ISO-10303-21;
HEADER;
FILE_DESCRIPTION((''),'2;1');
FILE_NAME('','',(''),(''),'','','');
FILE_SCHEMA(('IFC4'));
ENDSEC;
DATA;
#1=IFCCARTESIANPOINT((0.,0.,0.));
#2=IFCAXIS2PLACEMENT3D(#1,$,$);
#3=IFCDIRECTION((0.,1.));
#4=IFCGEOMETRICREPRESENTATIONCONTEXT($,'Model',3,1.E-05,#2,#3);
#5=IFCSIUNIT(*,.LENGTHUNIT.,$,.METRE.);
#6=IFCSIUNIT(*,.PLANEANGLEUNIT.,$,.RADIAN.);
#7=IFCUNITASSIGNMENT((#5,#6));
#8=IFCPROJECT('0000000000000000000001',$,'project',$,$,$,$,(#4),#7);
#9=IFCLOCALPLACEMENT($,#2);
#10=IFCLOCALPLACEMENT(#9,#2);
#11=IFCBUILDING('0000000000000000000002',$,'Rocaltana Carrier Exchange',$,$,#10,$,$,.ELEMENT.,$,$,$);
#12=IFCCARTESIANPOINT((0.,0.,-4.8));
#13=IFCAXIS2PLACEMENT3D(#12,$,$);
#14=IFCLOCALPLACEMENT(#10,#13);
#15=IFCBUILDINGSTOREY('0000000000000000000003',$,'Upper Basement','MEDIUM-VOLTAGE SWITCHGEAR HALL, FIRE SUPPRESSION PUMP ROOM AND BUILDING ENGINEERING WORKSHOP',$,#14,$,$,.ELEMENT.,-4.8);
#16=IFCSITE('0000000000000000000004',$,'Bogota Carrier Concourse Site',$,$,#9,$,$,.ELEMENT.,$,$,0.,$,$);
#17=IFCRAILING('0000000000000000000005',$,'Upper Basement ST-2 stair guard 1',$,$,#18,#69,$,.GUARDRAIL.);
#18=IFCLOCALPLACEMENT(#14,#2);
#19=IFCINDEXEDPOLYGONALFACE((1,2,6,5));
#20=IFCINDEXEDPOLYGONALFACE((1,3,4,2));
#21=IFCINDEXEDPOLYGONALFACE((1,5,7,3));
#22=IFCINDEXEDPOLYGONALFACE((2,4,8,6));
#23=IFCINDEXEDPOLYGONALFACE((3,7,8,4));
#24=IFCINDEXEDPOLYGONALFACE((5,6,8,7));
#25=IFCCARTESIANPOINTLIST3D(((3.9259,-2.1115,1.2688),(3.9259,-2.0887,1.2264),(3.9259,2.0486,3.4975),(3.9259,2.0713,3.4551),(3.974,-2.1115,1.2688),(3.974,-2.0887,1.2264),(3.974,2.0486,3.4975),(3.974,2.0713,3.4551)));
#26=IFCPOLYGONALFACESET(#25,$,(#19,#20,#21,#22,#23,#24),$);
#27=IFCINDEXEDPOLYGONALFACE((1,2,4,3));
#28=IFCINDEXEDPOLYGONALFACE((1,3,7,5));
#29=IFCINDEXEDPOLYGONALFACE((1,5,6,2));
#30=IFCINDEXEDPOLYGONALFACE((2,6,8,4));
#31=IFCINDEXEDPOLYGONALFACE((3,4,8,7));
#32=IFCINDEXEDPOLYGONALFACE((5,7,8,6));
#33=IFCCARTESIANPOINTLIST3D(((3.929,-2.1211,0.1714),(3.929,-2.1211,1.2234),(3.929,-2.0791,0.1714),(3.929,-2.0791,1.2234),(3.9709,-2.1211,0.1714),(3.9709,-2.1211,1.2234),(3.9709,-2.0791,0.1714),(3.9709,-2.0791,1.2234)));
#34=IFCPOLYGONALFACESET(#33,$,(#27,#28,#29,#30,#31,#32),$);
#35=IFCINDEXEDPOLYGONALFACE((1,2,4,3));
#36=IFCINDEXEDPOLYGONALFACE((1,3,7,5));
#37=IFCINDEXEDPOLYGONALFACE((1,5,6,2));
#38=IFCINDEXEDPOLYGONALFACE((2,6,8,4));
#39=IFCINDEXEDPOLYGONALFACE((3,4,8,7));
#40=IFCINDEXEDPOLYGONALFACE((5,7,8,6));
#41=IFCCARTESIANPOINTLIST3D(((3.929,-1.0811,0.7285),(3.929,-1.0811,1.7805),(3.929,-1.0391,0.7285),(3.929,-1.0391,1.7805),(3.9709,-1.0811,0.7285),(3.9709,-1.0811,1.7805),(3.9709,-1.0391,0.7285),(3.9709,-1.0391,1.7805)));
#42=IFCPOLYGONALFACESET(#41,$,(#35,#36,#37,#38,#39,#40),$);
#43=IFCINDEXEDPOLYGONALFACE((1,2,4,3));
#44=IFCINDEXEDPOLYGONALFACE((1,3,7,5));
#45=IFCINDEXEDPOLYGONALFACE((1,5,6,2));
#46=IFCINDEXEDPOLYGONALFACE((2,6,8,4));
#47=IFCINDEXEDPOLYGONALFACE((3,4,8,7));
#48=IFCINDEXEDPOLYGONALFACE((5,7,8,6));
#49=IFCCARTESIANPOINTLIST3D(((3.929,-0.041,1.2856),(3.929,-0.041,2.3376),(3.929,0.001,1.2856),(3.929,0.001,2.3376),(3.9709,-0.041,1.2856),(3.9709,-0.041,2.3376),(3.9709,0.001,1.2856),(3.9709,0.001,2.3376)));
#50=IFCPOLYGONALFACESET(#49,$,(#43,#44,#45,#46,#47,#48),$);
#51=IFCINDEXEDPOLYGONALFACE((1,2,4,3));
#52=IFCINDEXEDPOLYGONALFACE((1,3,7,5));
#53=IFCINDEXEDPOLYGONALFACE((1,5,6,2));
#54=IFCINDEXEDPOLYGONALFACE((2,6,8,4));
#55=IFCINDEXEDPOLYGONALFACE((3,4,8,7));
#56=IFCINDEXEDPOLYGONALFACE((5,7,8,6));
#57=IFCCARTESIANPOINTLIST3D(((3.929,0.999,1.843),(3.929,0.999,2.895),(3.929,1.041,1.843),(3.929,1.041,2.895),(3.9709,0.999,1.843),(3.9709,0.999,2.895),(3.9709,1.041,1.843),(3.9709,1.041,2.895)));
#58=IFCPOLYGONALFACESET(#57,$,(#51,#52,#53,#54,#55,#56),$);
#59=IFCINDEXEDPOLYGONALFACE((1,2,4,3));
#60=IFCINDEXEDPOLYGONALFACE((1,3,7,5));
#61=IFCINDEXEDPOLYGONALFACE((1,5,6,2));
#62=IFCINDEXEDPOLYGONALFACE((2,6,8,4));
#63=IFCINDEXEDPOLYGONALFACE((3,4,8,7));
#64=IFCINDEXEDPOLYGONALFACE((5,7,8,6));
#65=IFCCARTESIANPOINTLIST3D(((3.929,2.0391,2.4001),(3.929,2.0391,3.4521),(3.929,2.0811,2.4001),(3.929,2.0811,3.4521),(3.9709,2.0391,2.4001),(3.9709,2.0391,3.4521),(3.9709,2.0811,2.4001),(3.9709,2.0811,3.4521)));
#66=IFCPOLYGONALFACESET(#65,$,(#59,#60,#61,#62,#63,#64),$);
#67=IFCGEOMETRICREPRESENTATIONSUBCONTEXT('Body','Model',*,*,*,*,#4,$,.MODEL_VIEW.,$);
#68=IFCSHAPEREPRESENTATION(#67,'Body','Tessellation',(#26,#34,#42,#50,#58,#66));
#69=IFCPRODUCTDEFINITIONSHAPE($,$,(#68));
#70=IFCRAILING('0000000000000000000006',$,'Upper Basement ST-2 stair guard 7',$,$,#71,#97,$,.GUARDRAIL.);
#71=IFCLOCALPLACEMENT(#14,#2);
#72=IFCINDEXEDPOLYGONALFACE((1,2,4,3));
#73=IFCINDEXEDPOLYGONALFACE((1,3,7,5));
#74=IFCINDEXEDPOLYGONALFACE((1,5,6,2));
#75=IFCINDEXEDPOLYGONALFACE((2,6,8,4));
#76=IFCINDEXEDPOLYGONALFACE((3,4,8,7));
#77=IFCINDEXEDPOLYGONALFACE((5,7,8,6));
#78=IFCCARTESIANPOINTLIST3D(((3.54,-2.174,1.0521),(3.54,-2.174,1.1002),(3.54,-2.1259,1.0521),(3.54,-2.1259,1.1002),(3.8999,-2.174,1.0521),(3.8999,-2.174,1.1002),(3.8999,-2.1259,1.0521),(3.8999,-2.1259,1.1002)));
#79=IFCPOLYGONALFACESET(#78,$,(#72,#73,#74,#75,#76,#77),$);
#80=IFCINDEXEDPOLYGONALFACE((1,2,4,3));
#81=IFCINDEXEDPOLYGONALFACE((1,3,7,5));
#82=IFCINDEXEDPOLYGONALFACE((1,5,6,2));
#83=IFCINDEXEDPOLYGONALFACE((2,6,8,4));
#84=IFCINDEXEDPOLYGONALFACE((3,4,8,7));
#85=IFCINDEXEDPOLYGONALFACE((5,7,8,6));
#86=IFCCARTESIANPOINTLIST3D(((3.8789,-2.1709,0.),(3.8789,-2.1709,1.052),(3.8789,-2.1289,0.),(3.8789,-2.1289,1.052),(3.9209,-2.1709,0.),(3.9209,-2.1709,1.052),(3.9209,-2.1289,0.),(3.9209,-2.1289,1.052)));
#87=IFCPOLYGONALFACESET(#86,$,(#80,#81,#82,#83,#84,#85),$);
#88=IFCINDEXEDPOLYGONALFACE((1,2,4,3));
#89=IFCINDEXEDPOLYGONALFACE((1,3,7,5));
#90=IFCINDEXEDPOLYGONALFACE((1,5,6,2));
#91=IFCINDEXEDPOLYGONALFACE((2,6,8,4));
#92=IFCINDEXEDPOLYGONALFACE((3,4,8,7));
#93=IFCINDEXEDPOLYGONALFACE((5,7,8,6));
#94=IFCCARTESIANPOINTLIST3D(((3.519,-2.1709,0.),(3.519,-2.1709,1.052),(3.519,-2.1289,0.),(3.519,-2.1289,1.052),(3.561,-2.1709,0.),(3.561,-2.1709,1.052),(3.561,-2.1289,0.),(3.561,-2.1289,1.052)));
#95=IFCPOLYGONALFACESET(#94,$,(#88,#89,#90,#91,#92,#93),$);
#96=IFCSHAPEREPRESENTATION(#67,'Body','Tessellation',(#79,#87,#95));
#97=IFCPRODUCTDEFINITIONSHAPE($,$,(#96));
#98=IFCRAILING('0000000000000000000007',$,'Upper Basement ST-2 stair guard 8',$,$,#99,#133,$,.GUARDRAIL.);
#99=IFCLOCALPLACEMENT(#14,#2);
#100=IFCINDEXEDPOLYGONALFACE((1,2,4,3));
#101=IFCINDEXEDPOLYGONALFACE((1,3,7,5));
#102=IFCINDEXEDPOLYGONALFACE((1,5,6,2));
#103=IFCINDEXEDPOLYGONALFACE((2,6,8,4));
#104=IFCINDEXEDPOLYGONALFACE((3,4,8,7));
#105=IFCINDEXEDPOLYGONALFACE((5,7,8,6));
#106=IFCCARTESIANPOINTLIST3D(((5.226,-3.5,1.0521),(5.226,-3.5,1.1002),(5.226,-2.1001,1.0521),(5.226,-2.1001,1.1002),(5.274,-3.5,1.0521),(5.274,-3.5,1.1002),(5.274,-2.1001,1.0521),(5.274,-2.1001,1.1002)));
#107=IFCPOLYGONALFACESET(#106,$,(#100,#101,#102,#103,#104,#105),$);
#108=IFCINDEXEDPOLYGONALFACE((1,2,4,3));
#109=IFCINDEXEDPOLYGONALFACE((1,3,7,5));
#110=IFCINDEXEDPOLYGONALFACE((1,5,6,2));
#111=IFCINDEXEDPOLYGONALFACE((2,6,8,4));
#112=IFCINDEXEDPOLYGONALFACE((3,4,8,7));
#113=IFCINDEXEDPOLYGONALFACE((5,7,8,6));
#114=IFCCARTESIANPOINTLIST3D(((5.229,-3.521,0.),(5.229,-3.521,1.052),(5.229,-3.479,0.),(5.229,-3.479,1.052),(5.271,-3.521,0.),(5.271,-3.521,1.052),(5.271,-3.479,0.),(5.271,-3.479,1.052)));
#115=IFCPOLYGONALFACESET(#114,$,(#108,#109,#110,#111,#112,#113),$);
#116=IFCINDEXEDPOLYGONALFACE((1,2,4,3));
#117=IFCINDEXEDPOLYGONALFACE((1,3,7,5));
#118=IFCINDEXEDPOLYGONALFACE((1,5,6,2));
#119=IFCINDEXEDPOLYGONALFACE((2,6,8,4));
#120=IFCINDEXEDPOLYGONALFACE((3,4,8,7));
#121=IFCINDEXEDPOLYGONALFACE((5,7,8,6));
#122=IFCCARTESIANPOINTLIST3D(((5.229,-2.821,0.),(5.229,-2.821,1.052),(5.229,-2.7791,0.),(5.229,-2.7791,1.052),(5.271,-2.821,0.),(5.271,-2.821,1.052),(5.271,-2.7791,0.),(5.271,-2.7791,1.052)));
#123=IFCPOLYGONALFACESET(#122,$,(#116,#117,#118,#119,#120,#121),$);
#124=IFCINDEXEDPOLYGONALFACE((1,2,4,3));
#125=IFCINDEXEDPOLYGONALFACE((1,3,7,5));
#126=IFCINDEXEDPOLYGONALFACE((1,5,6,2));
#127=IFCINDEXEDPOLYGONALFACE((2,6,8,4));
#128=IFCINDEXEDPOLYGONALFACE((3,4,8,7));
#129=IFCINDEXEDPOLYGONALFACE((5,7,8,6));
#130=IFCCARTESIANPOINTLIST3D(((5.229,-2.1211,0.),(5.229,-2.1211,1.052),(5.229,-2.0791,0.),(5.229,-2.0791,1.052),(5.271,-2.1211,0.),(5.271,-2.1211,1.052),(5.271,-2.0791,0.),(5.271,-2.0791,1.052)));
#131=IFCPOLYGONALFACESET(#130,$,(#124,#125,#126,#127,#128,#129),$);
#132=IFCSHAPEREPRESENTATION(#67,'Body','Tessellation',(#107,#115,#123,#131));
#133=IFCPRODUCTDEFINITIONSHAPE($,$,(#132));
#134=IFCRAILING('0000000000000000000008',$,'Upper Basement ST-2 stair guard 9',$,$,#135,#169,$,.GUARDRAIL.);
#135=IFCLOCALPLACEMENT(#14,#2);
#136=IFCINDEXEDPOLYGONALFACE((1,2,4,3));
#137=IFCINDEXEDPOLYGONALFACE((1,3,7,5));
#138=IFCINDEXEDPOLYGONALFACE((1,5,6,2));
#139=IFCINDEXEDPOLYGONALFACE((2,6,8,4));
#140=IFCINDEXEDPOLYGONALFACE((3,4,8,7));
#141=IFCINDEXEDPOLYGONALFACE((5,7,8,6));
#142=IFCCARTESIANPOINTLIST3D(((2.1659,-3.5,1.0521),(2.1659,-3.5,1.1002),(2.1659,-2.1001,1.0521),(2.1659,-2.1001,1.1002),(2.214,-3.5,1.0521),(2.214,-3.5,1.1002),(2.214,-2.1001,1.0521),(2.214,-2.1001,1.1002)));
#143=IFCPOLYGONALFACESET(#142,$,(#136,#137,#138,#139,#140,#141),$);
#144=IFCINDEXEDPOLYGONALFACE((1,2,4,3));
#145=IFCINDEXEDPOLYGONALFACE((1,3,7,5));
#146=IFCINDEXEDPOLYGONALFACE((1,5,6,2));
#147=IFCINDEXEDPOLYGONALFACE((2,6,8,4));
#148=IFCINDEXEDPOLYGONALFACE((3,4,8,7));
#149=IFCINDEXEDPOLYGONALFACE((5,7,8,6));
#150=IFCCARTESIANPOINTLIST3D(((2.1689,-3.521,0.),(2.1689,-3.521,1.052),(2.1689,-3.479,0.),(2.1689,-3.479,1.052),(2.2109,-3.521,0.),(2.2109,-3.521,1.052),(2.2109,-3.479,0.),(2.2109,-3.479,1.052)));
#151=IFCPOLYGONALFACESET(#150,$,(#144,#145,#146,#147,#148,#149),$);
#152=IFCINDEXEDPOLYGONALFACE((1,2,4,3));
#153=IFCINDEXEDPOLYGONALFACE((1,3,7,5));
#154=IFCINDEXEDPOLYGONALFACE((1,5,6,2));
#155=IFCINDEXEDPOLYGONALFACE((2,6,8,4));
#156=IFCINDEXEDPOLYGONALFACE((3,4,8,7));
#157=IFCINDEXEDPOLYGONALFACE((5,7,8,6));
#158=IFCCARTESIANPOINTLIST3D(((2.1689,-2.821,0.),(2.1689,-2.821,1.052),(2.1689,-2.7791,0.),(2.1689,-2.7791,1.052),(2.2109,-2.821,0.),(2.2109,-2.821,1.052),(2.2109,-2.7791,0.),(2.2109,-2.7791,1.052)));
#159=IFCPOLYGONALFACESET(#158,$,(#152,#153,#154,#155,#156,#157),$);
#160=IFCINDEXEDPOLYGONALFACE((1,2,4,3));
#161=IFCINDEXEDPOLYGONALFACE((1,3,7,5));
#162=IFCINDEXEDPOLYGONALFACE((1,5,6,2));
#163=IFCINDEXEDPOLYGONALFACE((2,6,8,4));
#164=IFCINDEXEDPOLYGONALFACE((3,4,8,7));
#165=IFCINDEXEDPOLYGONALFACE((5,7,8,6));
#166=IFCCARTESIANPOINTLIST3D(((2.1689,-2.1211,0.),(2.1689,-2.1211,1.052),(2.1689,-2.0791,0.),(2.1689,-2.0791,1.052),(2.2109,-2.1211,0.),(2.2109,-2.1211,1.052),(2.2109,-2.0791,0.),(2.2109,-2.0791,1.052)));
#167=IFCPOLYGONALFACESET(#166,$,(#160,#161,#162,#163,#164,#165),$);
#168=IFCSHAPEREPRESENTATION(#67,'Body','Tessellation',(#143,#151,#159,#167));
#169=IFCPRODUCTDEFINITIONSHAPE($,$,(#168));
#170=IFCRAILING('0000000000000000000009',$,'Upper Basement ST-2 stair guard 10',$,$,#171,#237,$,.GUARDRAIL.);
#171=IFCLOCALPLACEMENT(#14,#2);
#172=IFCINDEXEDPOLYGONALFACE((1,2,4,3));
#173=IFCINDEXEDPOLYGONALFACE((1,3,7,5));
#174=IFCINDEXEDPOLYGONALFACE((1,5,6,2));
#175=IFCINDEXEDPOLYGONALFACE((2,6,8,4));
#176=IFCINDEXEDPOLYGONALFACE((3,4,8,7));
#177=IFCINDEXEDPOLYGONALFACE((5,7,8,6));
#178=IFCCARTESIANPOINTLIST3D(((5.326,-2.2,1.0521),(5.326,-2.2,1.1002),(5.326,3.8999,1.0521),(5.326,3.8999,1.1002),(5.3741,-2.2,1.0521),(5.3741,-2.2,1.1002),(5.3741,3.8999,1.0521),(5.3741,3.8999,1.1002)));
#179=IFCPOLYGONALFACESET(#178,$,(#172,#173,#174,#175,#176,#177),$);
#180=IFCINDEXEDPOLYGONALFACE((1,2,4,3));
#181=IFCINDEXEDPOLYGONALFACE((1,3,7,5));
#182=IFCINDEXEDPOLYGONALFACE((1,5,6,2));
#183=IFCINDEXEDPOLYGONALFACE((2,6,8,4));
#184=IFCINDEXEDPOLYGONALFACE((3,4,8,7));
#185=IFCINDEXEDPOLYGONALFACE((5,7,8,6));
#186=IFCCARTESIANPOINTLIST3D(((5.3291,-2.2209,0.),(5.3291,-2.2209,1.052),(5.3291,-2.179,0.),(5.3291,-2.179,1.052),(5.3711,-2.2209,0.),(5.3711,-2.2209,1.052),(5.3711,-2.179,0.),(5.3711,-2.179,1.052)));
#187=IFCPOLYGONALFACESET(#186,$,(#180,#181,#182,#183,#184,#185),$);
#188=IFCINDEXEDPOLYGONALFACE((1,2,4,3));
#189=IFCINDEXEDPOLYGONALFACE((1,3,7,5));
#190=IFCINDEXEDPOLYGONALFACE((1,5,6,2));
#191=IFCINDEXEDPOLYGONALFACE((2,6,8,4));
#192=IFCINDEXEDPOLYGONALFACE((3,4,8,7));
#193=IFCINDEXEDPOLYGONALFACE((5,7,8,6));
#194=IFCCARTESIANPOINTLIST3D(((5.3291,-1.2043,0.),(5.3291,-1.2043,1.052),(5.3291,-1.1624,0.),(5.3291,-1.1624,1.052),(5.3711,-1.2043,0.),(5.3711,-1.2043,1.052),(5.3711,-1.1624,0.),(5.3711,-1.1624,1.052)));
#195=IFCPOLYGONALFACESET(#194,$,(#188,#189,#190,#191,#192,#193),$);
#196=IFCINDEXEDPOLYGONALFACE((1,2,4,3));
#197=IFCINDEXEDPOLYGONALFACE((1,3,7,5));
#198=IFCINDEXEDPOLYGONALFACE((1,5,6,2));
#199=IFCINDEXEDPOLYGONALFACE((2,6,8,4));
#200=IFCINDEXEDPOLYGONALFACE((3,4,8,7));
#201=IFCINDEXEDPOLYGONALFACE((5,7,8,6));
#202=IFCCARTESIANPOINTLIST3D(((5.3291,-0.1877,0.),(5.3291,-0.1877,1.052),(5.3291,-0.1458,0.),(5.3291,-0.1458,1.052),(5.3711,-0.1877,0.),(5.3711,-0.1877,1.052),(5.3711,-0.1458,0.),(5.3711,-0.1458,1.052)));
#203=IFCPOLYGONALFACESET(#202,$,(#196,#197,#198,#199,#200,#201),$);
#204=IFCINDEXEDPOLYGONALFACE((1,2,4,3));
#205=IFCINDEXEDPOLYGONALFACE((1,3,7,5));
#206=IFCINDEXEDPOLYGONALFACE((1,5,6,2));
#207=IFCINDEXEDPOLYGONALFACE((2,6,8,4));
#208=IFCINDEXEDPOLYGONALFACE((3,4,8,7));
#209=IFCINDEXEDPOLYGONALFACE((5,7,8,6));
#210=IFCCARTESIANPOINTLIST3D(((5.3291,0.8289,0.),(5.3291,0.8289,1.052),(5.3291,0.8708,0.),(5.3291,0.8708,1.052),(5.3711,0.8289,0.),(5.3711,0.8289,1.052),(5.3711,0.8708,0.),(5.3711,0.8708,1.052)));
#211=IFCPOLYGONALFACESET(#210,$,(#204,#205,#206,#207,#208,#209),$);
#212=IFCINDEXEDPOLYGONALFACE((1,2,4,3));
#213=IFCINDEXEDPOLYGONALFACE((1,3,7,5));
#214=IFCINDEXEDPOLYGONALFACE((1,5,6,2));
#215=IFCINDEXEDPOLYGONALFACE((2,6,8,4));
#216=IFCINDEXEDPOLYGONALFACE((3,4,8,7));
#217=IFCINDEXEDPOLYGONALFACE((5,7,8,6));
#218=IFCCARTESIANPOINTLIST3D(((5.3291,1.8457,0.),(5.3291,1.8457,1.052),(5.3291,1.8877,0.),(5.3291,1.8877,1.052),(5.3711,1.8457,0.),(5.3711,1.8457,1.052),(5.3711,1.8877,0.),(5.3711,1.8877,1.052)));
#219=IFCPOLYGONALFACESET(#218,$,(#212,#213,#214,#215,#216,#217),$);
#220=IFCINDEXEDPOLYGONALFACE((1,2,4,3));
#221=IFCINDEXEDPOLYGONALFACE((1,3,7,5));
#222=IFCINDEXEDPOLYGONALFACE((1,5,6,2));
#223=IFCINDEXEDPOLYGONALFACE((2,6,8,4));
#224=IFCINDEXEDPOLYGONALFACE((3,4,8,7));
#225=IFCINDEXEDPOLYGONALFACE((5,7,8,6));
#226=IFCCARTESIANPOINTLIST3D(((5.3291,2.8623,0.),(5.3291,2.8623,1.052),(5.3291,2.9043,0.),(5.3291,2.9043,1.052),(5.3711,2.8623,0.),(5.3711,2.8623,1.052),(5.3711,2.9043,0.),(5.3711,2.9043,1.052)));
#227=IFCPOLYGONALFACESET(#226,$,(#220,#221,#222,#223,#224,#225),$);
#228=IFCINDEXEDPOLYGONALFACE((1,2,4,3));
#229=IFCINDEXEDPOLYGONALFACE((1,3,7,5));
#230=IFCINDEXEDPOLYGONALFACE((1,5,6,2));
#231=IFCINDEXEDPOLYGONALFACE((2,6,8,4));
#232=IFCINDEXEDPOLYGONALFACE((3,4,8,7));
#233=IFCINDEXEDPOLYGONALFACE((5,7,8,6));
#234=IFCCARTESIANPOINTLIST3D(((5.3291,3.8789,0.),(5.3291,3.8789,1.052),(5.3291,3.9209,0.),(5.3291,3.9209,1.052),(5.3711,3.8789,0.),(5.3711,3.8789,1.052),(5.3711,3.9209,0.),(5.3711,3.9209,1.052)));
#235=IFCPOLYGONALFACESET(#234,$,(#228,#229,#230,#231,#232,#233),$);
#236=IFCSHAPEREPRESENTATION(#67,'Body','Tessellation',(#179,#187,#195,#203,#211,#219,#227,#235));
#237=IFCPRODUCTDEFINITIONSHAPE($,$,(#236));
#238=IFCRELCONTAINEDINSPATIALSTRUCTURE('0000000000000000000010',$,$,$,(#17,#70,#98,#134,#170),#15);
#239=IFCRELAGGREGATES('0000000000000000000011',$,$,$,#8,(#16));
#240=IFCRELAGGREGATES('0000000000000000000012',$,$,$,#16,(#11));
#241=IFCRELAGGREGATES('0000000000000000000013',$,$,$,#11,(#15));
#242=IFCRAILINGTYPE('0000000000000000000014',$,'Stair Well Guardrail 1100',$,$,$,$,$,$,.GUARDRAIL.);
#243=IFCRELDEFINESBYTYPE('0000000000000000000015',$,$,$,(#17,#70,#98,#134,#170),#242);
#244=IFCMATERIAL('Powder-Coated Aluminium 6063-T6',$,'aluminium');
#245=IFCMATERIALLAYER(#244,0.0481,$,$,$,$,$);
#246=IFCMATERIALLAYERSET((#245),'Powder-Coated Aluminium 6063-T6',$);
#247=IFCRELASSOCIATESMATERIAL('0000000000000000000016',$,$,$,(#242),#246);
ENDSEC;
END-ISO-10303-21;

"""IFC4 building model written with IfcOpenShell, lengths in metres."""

from ifc_helpers import new_model, si_unit, direction, frame, origin, origin_2d, place, context, subcontext, project, spatial, rectangle, extrude, material, layer, layer_set, type_object, element, save


model = new_model("IFC4")

# Units and contexts
model_context = context("Model", 3, precision=1e-05, world=origin(), true_north=direction((0.0, 1.0)))
body_context = subcontext(model_context, "Body", "Model", "MODEL_VIEW")
ifc_project = project(units=[si_unit("LENGTHUNIT", "METRE"), si_unit("PLANEANGLEUNIT", "RADIAN")], contexts=[model_context])

# Site, building, storey
site_placement = place(None, origin())
site = spatial("IfcSite", under=ifc_project, at=site_placement, Name="Bogota Carrier Concourse Site", CompositionType="ELEMENT", RefElevation=0.0)
building_placement = place(site_placement, origin())
building = spatial("IfcBuilding", under=site, at=building_placement, Name="Rocaltana Carrier Exchange", CompositionType="ELEMENT")
storey_placement = place(building_placement, frame((0.0, 0.0, -4.8)))
storey = spatial("IfcBuildingStorey", under=building, at=storey_placement, Name="Upper Basement", Description="MEDIUM-VOLTAGE SWITCHGEAR HALL, FIRE SUPPRESSION PUMP ROOM AND BUILDING ENGINEERING WORKSHOP", CompositionType="ELEMENT", Elevation=-4.8)

# Railings
ifc_material_1 = material(Name="Powder-Coated Aluminium 6063-T6", Category="aluminium")
ifc_layer_1 = layer(ifc_material_1, 0.0481)
ifc_layer_set_1 = layer_set([ifc_layer_1], Name="Powder-Coated Aluminium 6063-T6")
railing_type_1 = type_object("IfcRailingType", Name="Stair Well Guardrail 1100", PredefinedType="GUARDRAIL", material=ifc_layer_set_1)
railing_1_placement = place(storey_placement, frame((3.95, -2.1001, 0.1714)))
element("IfcRailing", 1, at=railing_1_placement, inside=storey, type_object=railing_type_1, Name="Upper Basement ST-2 stair guard 1", PredefinedType="GUARDRAIL", context=body_context, shape_type="SweptSolid", body=[
    extrude(rectangle(XDim=0.0481, YDim=0.0481, at=origin_2d()), frame((0.0, 0.0, 1.0762), z_axis=(0.0, 0.881471, 0.472239), x_axis=(-1.0, 0.0, 0.0)), (0.0, 0.0, 1.0), 4.7195),
    extrude(rectangle(XDim=0.042, YDim=0.042, at=origin_2d()), origin(), (0.0, 0.0, 1.0), 1.052),
    extrude(rectangle(XDim=0.042, YDim=0.042, at=origin_2d()), frame((0.0, 1.04, 0.5571)), (0.0, 0.0, 1.0), 1.052),
    extrude(rectangle(XDim=0.042, YDim=0.042, at=origin_2d()), frame((0.0, 2.0801, 1.1143)), (0.0, 0.0, 1.0), 1.052),
    extrude(rectangle(XDim=0.042, YDim=0.042, at=origin_2d()), frame((0.0, 3.1201, 1.6716)), (0.0, 0.0, 1.0), 1.052),
    extrude(rectangle(XDim=0.042, YDim=0.042, at=origin_2d()), frame((0.0, 4.1602, 2.2288)), (0.0, 0.0, 1.0), 1.052),
])
railing_2_placement = place(storey_placement, frame((3.8999, -2.1499, 0.0)))
element("IfcRailing", 2, at=railing_2_placement, inside=storey, type_object=railing_type_1, Name="Upper Basement ST-2 stair guard 7", PredefinedType="GUARDRAIL", context=body_context, shape_type="SweptSolid", body=[
    extrude(rectangle(XDim=0.0481, YDim=0.0481, at=origin_2d()), frame((0.0, 0.0, 1.0762), z_axis=(-1.0, 0.0, 0.0), x_axis=(0.0, -1.0, 0.0)), (0.0, 0.0, 1.0), 0.3599),
    extrude(rectangle(XDim=0.042, YDim=0.042, at=origin_2d()), origin(), (0.0, 0.0, 1.0), 1.052),
    extrude(rectangle(XDim=0.042, YDim=0.042, at=origin_2d()), frame((-0.3599, 0.0, 0.0)), (0.0, 0.0, 1.0), 1.052),
])
for number, where, name in (
    (3, (5.25, -3.5, 0.0), "Upper Basement ST-2 stair guard 8"),
    (4, (2.1899, -3.5, 0.0), "Upper Basement ST-2 stair guard 9"),
):
    element("IfcRailing", number, at=place(storey_placement, frame(where)), inside=storey, type_object=railing_type_1, Name=name, PredefinedType="GUARDRAIL", context=body_context, shape_type="SweptSolid", body=[
        extrude(rectangle(XDim=0.0481, YDim=0.0481, at=origin_2d()), frame((0.0, 0.0, 1.0762), z_axis=(0.0, 1.0, 0.0), x_axis=(-1.0, 0.0, 0.0)), (0.0, 0.0, 1.0), 1.3999),
        extrude(rectangle(XDim=0.042, YDim=0.042, at=origin_2d()), origin(), (0.0, 0.0, 1.0), 1.052),
        extrude(rectangle(XDim=0.042, YDim=0.042, at=origin_2d()), frame((0.0, 0.7, 0.0)), (0.0, 0.0, 1.0), 1.052),
        extrude(rectangle(XDim=0.042, YDim=0.042, at=origin_2d()), frame((0.0, 1.3999, 0.0)), (0.0, 0.0, 1.0), 1.052),
    ])
for number, where, name in (
    (5, (5.3501, -2.2, 0.0), "Upper Basement ST-2 stair guard 10"),
):
    element("IfcRailing", number, at=place(storey_placement, frame(where)), inside=storey, type_object=railing_type_1, Name=name, PredefinedType="GUARDRAIL", context=body_context, shape_type="SweptSolid", body=[
        extrude(rectangle(XDim=0.0481, YDim=0.0481, at=origin_2d()), frame((0.0, 0.0, 1.0762), z_axis=(0.0, 1.0, 0.0), x_axis=(-1.0, 0.0, 0.0)), (0.0, 0.0, 1.0), 6.0999),
        extrude(rectangle(XDim=0.042, YDim=0.042, at=origin_2d()), origin(), (0.0, 0.0, 1.0), 1.052),
        extrude(rectangle(XDim=0.042, YDim=0.042, at=origin_2d()), frame((0.0, 1.0166, 0.0)), (0.0, 0.0, 1.0), 1.052),
        extrude(rectangle(XDim=0.042, YDim=0.042, at=origin_2d()), frame((0.0, 2.0332, 0.0)), (0.0, 0.0, 1.0), 1.052),
        extrude(rectangle(XDim=0.042, YDim=0.042, at=origin_2d()), frame((0.0, 3.0498, 0.0)), (0.0, 0.0, 1.0), 1.052),
        extrude(rectangle(XDim=0.042, YDim=0.042, at=origin_2d()), frame((0.0, 4.0667, 0.0)), (0.0, 0.0, 1.0), 1.052),
        extrude(rectangle(XDim=0.042, YDim=0.042, at=origin_2d()), frame((0.0, 5.0833, 0.0)), (0.0, 0.0, 1.0), 1.052),
        extrude(rectangle(XDim=0.042, YDim=0.042, at=origin_2d()), frame((0.0, 6.0999, 0.0)), (0.0, 0.0, 1.0), 1.052),
    ])

save(model, "model.ifc")
